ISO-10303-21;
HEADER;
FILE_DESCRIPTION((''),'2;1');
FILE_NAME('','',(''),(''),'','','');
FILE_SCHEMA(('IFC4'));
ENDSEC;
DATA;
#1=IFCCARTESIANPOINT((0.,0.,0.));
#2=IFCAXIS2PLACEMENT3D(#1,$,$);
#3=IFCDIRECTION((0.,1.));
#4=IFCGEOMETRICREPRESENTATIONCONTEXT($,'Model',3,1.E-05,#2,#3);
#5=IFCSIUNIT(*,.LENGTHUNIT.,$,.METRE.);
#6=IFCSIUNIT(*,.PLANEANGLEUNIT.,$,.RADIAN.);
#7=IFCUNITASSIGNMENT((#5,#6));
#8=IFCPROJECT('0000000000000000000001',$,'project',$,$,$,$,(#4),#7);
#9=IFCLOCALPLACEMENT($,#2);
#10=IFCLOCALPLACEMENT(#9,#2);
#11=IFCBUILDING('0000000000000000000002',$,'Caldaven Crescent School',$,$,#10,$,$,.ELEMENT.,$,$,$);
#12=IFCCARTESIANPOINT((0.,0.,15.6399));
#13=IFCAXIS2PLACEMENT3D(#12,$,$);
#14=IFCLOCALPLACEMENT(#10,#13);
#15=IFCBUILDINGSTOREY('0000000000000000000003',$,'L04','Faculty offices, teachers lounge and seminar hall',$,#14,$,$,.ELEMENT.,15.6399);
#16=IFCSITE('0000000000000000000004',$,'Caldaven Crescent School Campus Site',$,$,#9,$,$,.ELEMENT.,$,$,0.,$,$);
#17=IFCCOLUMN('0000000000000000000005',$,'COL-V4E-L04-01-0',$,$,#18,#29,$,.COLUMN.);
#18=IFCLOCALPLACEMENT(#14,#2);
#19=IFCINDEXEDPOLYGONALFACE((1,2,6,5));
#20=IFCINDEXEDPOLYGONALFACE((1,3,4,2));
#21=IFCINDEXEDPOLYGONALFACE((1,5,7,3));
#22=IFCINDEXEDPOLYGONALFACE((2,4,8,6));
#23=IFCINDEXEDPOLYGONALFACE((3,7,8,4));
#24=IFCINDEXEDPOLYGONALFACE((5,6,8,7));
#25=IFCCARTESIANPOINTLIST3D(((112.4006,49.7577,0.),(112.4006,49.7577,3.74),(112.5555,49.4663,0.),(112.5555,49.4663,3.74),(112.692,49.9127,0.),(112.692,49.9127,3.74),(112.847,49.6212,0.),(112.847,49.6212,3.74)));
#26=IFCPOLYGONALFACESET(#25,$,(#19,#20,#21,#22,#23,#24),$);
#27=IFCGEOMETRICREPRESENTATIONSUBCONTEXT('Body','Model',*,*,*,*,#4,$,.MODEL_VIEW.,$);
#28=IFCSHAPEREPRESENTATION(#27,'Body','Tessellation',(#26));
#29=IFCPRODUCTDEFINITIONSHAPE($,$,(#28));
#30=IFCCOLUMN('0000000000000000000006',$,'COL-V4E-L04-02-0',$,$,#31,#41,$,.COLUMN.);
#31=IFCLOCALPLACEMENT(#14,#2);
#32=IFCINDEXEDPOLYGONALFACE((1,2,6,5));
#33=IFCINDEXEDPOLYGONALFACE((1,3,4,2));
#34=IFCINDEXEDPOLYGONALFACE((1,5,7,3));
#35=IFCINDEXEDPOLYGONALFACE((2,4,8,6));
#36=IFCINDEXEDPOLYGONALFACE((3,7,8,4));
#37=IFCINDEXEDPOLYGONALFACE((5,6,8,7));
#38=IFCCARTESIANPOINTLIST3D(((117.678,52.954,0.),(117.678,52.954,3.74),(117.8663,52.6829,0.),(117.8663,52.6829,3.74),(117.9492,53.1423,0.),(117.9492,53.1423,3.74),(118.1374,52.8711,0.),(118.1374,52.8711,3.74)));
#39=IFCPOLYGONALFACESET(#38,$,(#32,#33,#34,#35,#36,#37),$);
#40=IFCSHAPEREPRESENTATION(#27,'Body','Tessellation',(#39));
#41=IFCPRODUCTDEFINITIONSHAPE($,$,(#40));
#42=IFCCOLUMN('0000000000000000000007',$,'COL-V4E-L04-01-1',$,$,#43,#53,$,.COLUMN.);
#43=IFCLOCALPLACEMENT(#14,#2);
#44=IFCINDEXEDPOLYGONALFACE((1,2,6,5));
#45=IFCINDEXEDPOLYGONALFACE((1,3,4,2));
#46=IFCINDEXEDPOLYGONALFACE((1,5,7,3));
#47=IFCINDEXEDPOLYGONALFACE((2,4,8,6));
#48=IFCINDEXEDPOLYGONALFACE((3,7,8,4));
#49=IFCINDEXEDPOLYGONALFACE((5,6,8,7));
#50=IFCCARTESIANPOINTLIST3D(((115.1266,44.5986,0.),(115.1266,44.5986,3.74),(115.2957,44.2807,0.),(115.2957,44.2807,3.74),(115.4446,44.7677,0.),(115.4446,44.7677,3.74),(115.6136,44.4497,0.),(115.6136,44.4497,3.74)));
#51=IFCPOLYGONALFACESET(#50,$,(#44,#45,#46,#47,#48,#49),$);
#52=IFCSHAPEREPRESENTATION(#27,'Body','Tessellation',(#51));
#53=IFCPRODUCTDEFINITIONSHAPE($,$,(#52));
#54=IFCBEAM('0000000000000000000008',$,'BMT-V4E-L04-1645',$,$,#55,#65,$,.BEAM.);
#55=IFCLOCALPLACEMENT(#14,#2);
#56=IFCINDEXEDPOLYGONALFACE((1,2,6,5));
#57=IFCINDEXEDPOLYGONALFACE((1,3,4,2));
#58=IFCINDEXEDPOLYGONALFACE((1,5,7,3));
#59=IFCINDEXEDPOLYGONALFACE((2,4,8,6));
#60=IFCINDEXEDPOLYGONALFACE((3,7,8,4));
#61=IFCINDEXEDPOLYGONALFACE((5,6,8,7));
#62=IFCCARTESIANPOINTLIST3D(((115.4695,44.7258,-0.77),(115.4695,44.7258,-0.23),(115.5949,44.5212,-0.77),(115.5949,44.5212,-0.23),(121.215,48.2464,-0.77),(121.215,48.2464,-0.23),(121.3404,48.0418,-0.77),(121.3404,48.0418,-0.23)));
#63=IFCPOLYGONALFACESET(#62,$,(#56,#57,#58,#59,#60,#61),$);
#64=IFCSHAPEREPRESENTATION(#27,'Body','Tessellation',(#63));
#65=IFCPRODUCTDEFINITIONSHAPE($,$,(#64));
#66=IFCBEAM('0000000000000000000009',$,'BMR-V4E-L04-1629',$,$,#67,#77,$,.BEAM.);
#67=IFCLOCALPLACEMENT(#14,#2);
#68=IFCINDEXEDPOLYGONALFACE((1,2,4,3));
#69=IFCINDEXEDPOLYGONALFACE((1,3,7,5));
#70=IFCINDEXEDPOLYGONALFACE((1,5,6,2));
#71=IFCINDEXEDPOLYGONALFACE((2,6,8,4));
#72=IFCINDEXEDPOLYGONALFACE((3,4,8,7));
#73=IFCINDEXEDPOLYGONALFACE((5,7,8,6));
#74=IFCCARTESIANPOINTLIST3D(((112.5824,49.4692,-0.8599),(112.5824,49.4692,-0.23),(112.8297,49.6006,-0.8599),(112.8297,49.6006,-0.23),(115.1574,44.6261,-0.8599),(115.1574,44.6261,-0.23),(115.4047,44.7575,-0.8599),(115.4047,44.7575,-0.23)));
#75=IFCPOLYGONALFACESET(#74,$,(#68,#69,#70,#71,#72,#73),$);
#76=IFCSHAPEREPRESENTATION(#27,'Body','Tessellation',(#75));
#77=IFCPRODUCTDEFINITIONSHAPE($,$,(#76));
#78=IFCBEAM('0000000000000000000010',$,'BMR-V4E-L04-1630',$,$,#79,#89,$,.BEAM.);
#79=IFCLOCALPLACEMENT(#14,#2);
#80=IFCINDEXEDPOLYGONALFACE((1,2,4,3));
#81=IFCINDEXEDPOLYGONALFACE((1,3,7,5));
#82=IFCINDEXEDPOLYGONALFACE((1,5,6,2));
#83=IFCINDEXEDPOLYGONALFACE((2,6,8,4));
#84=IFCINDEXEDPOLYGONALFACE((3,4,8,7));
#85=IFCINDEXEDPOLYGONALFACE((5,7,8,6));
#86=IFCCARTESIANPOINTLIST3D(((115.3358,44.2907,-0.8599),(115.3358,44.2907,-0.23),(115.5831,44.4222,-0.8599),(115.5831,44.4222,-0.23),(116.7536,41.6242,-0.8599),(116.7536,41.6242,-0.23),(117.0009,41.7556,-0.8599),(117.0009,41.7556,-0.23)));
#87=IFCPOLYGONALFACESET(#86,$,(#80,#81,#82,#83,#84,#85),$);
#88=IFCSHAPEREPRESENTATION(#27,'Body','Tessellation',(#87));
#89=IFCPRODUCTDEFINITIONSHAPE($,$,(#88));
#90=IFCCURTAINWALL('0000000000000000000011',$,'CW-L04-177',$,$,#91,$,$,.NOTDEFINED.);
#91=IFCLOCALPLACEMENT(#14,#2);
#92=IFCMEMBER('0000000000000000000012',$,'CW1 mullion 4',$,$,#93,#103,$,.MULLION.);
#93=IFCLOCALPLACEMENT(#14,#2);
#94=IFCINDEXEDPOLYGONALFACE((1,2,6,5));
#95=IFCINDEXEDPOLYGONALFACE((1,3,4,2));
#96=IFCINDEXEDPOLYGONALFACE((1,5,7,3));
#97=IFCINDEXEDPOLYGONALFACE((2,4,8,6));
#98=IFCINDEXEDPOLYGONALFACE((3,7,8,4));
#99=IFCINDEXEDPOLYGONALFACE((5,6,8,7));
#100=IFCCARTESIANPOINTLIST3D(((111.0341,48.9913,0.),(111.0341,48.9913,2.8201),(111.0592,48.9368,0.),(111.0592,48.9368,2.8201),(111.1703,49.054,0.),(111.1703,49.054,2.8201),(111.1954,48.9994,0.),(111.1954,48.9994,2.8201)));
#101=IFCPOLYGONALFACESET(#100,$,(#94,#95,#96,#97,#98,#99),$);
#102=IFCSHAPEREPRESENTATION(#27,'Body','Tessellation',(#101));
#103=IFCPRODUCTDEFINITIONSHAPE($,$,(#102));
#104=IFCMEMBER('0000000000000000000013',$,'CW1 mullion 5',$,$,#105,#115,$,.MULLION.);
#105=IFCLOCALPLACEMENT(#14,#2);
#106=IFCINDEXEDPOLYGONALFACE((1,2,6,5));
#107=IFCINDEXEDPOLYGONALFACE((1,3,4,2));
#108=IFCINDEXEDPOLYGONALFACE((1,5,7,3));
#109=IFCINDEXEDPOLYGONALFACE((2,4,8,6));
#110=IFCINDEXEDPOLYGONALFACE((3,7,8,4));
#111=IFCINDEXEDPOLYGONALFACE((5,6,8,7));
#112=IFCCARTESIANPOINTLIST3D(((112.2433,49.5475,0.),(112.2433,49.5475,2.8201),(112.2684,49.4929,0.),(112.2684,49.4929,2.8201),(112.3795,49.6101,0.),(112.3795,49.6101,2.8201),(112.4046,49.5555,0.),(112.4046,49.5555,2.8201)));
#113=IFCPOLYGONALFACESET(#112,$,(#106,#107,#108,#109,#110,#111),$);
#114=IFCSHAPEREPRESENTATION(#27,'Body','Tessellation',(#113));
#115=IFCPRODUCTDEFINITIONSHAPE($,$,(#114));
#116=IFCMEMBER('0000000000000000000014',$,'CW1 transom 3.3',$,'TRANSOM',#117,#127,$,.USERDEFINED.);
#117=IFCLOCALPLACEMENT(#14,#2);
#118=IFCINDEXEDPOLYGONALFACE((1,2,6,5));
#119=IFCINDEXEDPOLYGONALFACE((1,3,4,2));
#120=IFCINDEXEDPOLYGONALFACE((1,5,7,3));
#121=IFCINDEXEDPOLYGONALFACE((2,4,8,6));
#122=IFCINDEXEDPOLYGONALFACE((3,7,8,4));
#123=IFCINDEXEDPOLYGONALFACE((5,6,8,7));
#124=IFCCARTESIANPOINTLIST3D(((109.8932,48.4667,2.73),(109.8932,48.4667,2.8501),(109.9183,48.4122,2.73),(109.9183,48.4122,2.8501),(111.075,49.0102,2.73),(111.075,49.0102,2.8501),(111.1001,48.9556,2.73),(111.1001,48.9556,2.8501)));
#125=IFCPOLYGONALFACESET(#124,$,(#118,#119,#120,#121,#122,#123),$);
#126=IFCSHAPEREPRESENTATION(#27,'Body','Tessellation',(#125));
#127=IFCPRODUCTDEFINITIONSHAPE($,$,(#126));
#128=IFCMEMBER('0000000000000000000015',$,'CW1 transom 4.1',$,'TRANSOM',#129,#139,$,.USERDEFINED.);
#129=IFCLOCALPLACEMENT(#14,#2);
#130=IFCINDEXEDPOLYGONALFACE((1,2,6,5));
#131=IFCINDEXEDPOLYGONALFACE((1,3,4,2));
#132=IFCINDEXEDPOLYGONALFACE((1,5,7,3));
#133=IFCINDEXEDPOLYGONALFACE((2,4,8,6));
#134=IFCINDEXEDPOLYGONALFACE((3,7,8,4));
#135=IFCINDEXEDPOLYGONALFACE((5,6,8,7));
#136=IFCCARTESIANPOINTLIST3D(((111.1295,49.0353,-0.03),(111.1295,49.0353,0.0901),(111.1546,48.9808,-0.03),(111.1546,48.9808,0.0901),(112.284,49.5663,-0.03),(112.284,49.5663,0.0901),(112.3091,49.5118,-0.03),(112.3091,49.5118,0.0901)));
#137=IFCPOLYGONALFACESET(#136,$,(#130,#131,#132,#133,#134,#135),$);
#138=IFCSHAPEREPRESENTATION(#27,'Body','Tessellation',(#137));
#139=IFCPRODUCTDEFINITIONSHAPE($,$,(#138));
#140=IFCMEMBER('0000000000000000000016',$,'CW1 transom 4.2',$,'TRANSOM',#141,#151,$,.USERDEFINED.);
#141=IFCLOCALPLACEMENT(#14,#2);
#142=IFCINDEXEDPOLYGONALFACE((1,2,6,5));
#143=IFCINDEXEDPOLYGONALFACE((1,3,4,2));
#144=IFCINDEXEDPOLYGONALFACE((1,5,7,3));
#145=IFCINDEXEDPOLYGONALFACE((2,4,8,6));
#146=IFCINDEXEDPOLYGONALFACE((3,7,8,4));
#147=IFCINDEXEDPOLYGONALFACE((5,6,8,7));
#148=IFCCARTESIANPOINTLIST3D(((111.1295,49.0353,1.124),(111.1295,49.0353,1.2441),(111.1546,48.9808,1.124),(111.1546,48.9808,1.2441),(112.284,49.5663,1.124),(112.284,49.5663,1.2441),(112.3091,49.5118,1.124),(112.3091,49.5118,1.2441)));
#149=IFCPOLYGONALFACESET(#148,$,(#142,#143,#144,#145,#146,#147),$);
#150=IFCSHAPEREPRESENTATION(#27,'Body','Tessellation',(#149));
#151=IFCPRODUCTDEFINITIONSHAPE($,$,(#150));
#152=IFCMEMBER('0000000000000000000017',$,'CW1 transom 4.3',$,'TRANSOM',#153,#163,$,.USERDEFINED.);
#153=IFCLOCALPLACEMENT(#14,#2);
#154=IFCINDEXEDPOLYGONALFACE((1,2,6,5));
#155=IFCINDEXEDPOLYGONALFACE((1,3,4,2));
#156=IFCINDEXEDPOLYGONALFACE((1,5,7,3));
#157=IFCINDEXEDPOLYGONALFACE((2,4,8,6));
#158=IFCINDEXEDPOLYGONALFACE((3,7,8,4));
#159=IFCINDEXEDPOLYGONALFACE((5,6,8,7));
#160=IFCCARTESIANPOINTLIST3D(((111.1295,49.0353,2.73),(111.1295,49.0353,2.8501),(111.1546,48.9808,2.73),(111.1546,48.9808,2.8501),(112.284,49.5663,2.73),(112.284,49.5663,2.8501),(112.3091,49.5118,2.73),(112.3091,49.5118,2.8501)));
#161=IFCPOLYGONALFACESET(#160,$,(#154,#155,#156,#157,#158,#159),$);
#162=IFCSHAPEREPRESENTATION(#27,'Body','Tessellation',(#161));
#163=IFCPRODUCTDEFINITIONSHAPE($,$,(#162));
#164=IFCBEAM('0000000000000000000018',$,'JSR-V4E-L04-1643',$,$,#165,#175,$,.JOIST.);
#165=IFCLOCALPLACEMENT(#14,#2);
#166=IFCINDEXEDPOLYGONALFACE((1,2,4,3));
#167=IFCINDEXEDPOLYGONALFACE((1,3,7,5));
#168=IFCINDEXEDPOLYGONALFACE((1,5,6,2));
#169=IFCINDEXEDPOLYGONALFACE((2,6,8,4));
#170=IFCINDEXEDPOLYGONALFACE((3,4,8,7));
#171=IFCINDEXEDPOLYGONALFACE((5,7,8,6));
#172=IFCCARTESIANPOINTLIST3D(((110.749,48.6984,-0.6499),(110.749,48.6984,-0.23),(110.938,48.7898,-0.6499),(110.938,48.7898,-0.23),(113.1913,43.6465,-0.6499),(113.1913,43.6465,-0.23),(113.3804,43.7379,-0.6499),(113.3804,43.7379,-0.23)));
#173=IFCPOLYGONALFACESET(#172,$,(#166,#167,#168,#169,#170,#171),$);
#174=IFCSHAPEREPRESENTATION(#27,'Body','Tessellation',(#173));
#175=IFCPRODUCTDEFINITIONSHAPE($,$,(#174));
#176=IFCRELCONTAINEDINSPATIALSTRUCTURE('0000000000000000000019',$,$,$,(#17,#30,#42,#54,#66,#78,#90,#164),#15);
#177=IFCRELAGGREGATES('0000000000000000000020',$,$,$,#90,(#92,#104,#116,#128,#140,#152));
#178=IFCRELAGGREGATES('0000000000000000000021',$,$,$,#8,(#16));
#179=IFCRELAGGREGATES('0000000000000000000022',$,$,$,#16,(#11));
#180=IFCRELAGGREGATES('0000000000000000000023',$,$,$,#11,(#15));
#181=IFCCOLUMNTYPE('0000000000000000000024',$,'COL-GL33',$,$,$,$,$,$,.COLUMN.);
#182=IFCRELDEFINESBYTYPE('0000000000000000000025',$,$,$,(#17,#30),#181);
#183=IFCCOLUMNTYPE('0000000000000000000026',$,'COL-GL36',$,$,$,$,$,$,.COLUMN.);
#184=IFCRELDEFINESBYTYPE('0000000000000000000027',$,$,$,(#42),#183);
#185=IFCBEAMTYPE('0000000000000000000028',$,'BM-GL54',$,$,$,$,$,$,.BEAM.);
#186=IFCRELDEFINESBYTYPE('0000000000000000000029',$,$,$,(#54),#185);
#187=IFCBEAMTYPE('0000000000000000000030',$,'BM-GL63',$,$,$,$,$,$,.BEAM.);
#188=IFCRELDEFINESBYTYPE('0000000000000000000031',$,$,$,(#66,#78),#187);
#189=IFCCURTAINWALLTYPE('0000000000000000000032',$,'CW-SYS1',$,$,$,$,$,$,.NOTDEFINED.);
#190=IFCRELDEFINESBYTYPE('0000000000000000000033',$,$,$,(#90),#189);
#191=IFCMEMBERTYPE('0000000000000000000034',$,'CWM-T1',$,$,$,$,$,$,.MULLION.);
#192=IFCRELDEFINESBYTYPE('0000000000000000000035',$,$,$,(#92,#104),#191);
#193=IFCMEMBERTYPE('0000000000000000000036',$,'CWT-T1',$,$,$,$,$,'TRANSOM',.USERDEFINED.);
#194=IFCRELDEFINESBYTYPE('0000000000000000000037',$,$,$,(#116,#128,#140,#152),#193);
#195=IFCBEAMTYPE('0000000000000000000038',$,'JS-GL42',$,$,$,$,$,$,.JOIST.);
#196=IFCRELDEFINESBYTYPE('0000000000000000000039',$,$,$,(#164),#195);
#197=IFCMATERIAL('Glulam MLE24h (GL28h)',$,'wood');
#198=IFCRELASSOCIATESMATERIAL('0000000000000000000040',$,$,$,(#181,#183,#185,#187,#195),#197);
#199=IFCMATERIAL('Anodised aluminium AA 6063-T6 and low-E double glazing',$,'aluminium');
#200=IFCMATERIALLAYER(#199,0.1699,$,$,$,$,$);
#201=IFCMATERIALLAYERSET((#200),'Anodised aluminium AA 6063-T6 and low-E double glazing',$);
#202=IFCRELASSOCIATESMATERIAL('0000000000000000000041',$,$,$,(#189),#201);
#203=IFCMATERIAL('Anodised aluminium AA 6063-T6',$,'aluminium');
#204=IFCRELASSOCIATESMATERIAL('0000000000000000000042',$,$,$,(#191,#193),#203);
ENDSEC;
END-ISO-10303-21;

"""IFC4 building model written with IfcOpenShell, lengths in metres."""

from ifc_helpers import new_model, si_unit, direction, frame, origin, origin_2d, place, context, subcontext, project, spatial, rectangle, extrude, material, layer, layer_set, material_profile, profile_set, type_object, element, aggregate, save


model = new_model("IFC4")

# Units and contexts
model_context = context("Model", 3, precision=1e-05, world=origin(), true_north=direction((0.0, 1.0)))
body_context = subcontext(model_context, "Body", "Model", "MODEL_VIEW")
ifc_project = project(units=[si_unit("LENGTHUNIT", "METRE"), si_unit("PLANEANGLEUNIT", "RADIAN")], contexts=[model_context])

# Site, building, storey
site_placement = place(None, origin())
site = spatial("IfcSite", under=ifc_project, at=site_placement, Name="Caldaven Crescent School Campus Site", CompositionType="ELEMENT", RefElevation=0.0)
building_placement = place(site_placement, origin())
building = spatial("IfcBuilding", under=site, at=building_placement, Name="Caldaven Crescent School", CompositionType="ELEMENT")
storey_placement = place(building_placement, frame((0.0, 0.0, 15.6399)))
storey = spatial("IfcBuildingStorey", under=building, at=storey_placement, Name="L04", Description="Faculty offices, teachers lounge and seminar hall", CompositionType="ELEMENT", Elevation=15.6399)

# Columns
ifc_material_1 = material(Name="Glulam MLE24h (GL28h)", Category="wood")
ifc_material_profile_1 = material_profile(ifc_material_1, rectangle(XDim=0.3301, YDim=0.3301, at=origin_2d()), Name="MLE 330x330")
ifc_profile_set_1 = profile_set([ifc_material_profile_1], Name="Glulam MLE24h (GL28h)")
column_type_1 = type_object("IfcColumnType", Name="COL-GL33", PredefinedType="COLUMN", material=ifc_profile_set_1)
for number, where, z_axis, x_axis, name in (
    (1, (112.6238, 49.6895, 0.0), (0.0, 0.0, 1.0), (0.469472, -0.882948, 0.0), "COL-V4E-L04-01-0"),
    (2, (117.9077, 52.9126, 0.0), (0.0, 0.0, 1.0), (0.570284, -0.821448, 0.0), "COL-V4E-L04-02-0"),
):
    element("IfcColumn", number, at=place(storey_placement, frame(where, z_axis=z_axis, x_axis=x_axis)), inside=storey, type_object=column_type_1, Name=name, PredefinedType="COLUMN", context=body_context, shape_type="SweptSolid", body=[
        extrude(rectangle(XDim=0.3301, YDim=0.3301, at=origin_2d()), origin(), (0.0, 0.0, 1.0), 3.74),
    ])
ifc_material_profile_2 = material_profile(ifc_material_1, rectangle(XDim=0.3601, YDim=0.3601, at=origin_2d()), Name="MLE 360x360")
ifc_profile_set_2 = profile_set([ifc_material_profile_2], Name="Glulam MLE24h (GL28h)")
column_type_2 = type_object("IfcColumnType", Name="COL-GL36", PredefinedType="COLUMN", material=ifc_profile_set_2)
column_placement = place(storey_placement, frame((115.3701, 44.5242, 0.0), z_axis=(0.0, 0.0, 1.0), x_axis=(0.469472, -0.882948, 0.0)))
element("IfcColumn", 3, at=column_placement, inside=storey, type_object=column_type_2, Name="COL-V4E-L04-01-1", PredefinedType="COLUMN", context=body_context, shape_type="SweptSolid", body=[
    extrude(rectangle(XDim=0.3601, YDim=0.3601, at=origin_2d()), origin(), (0.0, 0.0, 1.0), 3.74),
])

# Beams
ifc_material_profile_3 = material_profile(ifc_material_1, rectangle(XDim=0.24, YDim=0.54, at=origin_2d()), Name="MLE 240x540")
ifc_profile_set_3 = profile_set([ifc_material_profile_3], Name="Glulam MLE24h (GL28h)")
beam_type_1 = type_object("IfcBeamType", Name="BM-GL54", PredefinedType="BEAM", material=ifc_profile_set_3)
beam_1_placement = place(storey_placement, frame((115.5322, 44.6235, -0.5), z_axis=(0.852657, 0.522471, 0.0), x_axis=(-0.522471, 0.852657, 0.0)))
element("IfcBeam", 4, at=beam_1_placement, inside=storey, type_object=beam_type_1, Name="BMT-V4E-L04-1645", PredefinedType="BEAM", context=body_context, shape_type="SweptSolid", body=[
    extrude(rectangle(XDim=0.24, YDim=0.54, at=origin_2d()), origin(), (0.0, 0.0, 1.0), 6.7383),
])
ifc_material_profile_4 = material_profile(ifc_material_1, rectangle(XDim=0.28, YDim=0.6299, at=origin_2d()), Name="MLE 280x630")
ifc_profile_set_4 = profile_set([ifc_material_profile_4], Name="Glulam MLE24h (GL28h)")
beam_type_2 = type_object("IfcBeamType", Name="BM-GL63", PredefinedType="BEAM", material=ifc_profile_set_4)
beam_2_placement = place(storey_placement, frame((112.7061, 49.5349, -0.5449), z_axis=(0.469454, -0.882957, 0.0), x_axis=(0.882957, 0.469454, 0.0)))
element("IfcBeam", 5, at=beam_2_placement, inside=storey, type_object=beam_type_2, Name="BMR-V4E-L04-1629", PredefinedType="BEAM", context=body_context, shape_type="SweptSolid", body=[
    extrude(rectangle(XDim=0.28, YDim=0.6299, at=origin_2d()), origin(), (0.0, 0.0, 1.0), 5.4851),
])
beam_3_placement = place(storey_placement, frame((115.4595, 44.3564, -0.5449), z_axis=(0.469451, -0.882959, 0.0), x_axis=(0.882959, 0.469451, 0.0)))
element("IfcBeam", 6, at=beam_3_placement, inside=storey, type_object=beam_type_2, Name="BMR-V4E-L04-1630", PredefinedType="BEAM", context=body_context, shape_type="SweptSolid", body=[
    extrude(rectangle(XDim=0.28, YDim=0.6299, at=origin_2d()), origin(), (0.0, 0.0, 1.0), 3.02),
])

# Curtain wall, members
ifc_material_2 = material(Name="Anodised aluminium AA 6063-T6 and low-E double glazing", Category="aluminium")
ifc_layer_1 = layer(ifc_material_2, 0.1699)
ifc_layer_set_1 = layer_set([ifc_layer_1], Name="Anodised aluminium AA 6063-T6 and low-E double glazing")
curtain_wall_type = type_object("IfcCurtainWallType", Name="CW-SYS1", PredefinedType="NOTDEFINED", material=ifc_layer_set_1)
curtain_wall_placement = place(storey_placement, origin())
curtain_wall = element("IfcCurtainWall", 7, at=curtain_wall_placement, inside=storey, type_object=curtain_wall_type, Name="CW-L04-177", PredefinedType="NOTDEFINED")
ifc_material_3 = material(Name="Anodised aluminium AA 6063-T6", Category="aluminium")
ifc_material_profile_5 = material_profile(ifc_material_3, rectangle(XDim=0.0601, YDim=0.1499, at=origin_2d()), Name="CWM 60x150")
ifc_profile_set_5 = profile_set([ifc_material_profile_5], Name="Anodised aluminium AA 6063-T6")
member_type_1 = type_object("IfcMemberType", Name="CWM-T1", PredefinedType="MULLION", material=ifc_profile_set_5)
member_1_placement = place(storey_placement, frame((111.1147, 48.9954, 0.0), z_axis=(0.0, 0.0, 1.0), x_axis=(-0.417824, 0.908528, 0.0)))
member_1 = element("IfcMember", 8, at=member_1_placement, type_object=member_type_1, Name="CW1 mullion 4", PredefinedType="MULLION", context=body_context, shape_type="SweptSolid", body=[
    extrude(rectangle(XDim=0.0601, YDim=0.1499, at=origin_2d()), origin(), (0.0, 0.0, 1.0), 2.8201),
])
member_2_placement = place(storey_placement, frame((112.324, 49.5515, 0.0), z_axis=(0.0, 0.0, 1.0), x_axis=(-0.417824, 0.908528, 0.0)))
member_2 = element("IfcMember", 9, at=member_2_placement, type_object=member_type_1, Name="CW1 mullion 5", PredefinedType="MULLION", context=body_context, shape_type="SweptSolid", body=[
    extrude(rectangle(XDim=0.0601, YDim=0.1499, at=origin_2d()), origin(), (0.0, 0.0, 1.0), 2.8201),
])
ifc_material_profile_6 = material_profile(ifc_material_3, rectangle(XDim=0.0601, YDim=0.1201, at=origin_2d()), Name="CWT 60x120")
ifc_profile_set_6 = profile_set([ifc_material_profile_6], Name="Anodised aluminium AA 6063-T6")
member_type_2 = type_object("IfcMemberType", Name="CWT-T1", ElementType="TRANSOM", PredefinedType="USERDEFINED", material=ifc_profile_set_6)
member_3_placement = place(storey_placement, frame((109.9058, 48.4395, 2.79), z_axis=(0.908552, 0.417772, 0.0), x_axis=(-0.417772, 0.908552, 0.0)))
member_3 = element("IfcMember", 10, at=member_3_placement, type_object=member_type_2, Name="CW1 transom 3.3", ObjectType="TRANSOM", PredefinedType="USERDEFINED", context=body_context, shape_type="SweptSolid", body=[
    extrude(rectangle(XDim=0.0601, YDim=0.1201, at=origin_2d()), origin(), (0.0, 0.0, 1.0), 1.3008),
])
member_4_placement = place(storey_placement, frame((111.1421, 49.0081, 0.03), z_axis=(0.908515, 0.417852, 0.0), x_axis=(-0.417852, 0.908515, 0.0)))
member_4 = element("IfcMember", 11, at=member_4_placement, type_object=member_type_2, Name="CW1 transom 4.1", ObjectType="TRANSOM", PredefinedType="USERDEFINED", context=body_context, shape_type="SweptSolid", body=[
    extrude(rectangle(XDim=0.0601, YDim=0.1201, at=origin_2d()), origin(), (0.0, 0.0, 1.0), 1.2708),
])
member_5_placement = place(storey_placement, frame((111.1421, 49.0081, 1.1841), z_axis=(0.908515, 0.417852, 0.0), x_axis=(-0.417852, 0.908515, 0.0)))
member_5 = element("IfcMember", 12, at=member_5_placement, type_object=member_type_2, Name="CW1 transom 4.2", ObjectType="TRANSOM", PredefinedType="USERDEFINED", context=body_context, shape_type="SweptSolid", body=[
    extrude(rectangle(XDim=0.0601, YDim=0.1201, at=origin_2d()), origin(), (0.0, 0.0, 1.0), 1.2708),
])
member_6_placement = place(storey_placement, frame((111.1421, 49.0081, 2.79), z_axis=(0.908515, 0.417852, 0.0), x_axis=(-0.417852, 0.908515, 0.0)))
member_6 = element("IfcMember", 13, at=member_6_placement, type_object=member_type_2, Name="CW1 transom 4.3", ObjectType="TRANSOM", PredefinedType="USERDEFINED", context=body_context, shape_type="SweptSolid", body=[
    extrude(rectangle(XDim=0.0601, YDim=0.1201, at=origin_2d()), origin(), (0.0, 0.0, 1.0), 1.2708),
])

# Beam
ifc_material_profile_7 = material_profile(ifc_material_1, rectangle(XDim=0.21, YDim=0.4199, at=origin_2d()), Name="MLE 210x420")
ifc_profile_set_7 = profile_set([ifc_material_profile_7], Name="Glulam MLE24h (GL28h)")
beam_type_3 = type_object("IfcBeamType", Name="JS-GL42", PredefinedType="JOIST", material=ifc_profile_set_7)
beam_4_placement = place(storey_placement, frame((110.8435, 48.7441, -0.4399), z_axis=(0.435253, -0.900308, 0.0), x_axis=(0.900308, 0.435253, 0.0)))
element("IfcBeam", 14, at=beam_4_placement, inside=storey, type_object=beam_type_3, Name="JSR-V4E-L04-1643", PredefinedType="JOIST", context=body_context, shape_type="SweptSolid", body=[
    extrude(rectangle(XDim=0.21, YDim=0.4199, at=origin_2d()), origin(), (0.0, 0.0, 1.0), 5.6113),
])

aggregate(curtain_wall, [member_1, member_2, member_3, member_4, member_5, member_6])

save(model, "model.ifc")
